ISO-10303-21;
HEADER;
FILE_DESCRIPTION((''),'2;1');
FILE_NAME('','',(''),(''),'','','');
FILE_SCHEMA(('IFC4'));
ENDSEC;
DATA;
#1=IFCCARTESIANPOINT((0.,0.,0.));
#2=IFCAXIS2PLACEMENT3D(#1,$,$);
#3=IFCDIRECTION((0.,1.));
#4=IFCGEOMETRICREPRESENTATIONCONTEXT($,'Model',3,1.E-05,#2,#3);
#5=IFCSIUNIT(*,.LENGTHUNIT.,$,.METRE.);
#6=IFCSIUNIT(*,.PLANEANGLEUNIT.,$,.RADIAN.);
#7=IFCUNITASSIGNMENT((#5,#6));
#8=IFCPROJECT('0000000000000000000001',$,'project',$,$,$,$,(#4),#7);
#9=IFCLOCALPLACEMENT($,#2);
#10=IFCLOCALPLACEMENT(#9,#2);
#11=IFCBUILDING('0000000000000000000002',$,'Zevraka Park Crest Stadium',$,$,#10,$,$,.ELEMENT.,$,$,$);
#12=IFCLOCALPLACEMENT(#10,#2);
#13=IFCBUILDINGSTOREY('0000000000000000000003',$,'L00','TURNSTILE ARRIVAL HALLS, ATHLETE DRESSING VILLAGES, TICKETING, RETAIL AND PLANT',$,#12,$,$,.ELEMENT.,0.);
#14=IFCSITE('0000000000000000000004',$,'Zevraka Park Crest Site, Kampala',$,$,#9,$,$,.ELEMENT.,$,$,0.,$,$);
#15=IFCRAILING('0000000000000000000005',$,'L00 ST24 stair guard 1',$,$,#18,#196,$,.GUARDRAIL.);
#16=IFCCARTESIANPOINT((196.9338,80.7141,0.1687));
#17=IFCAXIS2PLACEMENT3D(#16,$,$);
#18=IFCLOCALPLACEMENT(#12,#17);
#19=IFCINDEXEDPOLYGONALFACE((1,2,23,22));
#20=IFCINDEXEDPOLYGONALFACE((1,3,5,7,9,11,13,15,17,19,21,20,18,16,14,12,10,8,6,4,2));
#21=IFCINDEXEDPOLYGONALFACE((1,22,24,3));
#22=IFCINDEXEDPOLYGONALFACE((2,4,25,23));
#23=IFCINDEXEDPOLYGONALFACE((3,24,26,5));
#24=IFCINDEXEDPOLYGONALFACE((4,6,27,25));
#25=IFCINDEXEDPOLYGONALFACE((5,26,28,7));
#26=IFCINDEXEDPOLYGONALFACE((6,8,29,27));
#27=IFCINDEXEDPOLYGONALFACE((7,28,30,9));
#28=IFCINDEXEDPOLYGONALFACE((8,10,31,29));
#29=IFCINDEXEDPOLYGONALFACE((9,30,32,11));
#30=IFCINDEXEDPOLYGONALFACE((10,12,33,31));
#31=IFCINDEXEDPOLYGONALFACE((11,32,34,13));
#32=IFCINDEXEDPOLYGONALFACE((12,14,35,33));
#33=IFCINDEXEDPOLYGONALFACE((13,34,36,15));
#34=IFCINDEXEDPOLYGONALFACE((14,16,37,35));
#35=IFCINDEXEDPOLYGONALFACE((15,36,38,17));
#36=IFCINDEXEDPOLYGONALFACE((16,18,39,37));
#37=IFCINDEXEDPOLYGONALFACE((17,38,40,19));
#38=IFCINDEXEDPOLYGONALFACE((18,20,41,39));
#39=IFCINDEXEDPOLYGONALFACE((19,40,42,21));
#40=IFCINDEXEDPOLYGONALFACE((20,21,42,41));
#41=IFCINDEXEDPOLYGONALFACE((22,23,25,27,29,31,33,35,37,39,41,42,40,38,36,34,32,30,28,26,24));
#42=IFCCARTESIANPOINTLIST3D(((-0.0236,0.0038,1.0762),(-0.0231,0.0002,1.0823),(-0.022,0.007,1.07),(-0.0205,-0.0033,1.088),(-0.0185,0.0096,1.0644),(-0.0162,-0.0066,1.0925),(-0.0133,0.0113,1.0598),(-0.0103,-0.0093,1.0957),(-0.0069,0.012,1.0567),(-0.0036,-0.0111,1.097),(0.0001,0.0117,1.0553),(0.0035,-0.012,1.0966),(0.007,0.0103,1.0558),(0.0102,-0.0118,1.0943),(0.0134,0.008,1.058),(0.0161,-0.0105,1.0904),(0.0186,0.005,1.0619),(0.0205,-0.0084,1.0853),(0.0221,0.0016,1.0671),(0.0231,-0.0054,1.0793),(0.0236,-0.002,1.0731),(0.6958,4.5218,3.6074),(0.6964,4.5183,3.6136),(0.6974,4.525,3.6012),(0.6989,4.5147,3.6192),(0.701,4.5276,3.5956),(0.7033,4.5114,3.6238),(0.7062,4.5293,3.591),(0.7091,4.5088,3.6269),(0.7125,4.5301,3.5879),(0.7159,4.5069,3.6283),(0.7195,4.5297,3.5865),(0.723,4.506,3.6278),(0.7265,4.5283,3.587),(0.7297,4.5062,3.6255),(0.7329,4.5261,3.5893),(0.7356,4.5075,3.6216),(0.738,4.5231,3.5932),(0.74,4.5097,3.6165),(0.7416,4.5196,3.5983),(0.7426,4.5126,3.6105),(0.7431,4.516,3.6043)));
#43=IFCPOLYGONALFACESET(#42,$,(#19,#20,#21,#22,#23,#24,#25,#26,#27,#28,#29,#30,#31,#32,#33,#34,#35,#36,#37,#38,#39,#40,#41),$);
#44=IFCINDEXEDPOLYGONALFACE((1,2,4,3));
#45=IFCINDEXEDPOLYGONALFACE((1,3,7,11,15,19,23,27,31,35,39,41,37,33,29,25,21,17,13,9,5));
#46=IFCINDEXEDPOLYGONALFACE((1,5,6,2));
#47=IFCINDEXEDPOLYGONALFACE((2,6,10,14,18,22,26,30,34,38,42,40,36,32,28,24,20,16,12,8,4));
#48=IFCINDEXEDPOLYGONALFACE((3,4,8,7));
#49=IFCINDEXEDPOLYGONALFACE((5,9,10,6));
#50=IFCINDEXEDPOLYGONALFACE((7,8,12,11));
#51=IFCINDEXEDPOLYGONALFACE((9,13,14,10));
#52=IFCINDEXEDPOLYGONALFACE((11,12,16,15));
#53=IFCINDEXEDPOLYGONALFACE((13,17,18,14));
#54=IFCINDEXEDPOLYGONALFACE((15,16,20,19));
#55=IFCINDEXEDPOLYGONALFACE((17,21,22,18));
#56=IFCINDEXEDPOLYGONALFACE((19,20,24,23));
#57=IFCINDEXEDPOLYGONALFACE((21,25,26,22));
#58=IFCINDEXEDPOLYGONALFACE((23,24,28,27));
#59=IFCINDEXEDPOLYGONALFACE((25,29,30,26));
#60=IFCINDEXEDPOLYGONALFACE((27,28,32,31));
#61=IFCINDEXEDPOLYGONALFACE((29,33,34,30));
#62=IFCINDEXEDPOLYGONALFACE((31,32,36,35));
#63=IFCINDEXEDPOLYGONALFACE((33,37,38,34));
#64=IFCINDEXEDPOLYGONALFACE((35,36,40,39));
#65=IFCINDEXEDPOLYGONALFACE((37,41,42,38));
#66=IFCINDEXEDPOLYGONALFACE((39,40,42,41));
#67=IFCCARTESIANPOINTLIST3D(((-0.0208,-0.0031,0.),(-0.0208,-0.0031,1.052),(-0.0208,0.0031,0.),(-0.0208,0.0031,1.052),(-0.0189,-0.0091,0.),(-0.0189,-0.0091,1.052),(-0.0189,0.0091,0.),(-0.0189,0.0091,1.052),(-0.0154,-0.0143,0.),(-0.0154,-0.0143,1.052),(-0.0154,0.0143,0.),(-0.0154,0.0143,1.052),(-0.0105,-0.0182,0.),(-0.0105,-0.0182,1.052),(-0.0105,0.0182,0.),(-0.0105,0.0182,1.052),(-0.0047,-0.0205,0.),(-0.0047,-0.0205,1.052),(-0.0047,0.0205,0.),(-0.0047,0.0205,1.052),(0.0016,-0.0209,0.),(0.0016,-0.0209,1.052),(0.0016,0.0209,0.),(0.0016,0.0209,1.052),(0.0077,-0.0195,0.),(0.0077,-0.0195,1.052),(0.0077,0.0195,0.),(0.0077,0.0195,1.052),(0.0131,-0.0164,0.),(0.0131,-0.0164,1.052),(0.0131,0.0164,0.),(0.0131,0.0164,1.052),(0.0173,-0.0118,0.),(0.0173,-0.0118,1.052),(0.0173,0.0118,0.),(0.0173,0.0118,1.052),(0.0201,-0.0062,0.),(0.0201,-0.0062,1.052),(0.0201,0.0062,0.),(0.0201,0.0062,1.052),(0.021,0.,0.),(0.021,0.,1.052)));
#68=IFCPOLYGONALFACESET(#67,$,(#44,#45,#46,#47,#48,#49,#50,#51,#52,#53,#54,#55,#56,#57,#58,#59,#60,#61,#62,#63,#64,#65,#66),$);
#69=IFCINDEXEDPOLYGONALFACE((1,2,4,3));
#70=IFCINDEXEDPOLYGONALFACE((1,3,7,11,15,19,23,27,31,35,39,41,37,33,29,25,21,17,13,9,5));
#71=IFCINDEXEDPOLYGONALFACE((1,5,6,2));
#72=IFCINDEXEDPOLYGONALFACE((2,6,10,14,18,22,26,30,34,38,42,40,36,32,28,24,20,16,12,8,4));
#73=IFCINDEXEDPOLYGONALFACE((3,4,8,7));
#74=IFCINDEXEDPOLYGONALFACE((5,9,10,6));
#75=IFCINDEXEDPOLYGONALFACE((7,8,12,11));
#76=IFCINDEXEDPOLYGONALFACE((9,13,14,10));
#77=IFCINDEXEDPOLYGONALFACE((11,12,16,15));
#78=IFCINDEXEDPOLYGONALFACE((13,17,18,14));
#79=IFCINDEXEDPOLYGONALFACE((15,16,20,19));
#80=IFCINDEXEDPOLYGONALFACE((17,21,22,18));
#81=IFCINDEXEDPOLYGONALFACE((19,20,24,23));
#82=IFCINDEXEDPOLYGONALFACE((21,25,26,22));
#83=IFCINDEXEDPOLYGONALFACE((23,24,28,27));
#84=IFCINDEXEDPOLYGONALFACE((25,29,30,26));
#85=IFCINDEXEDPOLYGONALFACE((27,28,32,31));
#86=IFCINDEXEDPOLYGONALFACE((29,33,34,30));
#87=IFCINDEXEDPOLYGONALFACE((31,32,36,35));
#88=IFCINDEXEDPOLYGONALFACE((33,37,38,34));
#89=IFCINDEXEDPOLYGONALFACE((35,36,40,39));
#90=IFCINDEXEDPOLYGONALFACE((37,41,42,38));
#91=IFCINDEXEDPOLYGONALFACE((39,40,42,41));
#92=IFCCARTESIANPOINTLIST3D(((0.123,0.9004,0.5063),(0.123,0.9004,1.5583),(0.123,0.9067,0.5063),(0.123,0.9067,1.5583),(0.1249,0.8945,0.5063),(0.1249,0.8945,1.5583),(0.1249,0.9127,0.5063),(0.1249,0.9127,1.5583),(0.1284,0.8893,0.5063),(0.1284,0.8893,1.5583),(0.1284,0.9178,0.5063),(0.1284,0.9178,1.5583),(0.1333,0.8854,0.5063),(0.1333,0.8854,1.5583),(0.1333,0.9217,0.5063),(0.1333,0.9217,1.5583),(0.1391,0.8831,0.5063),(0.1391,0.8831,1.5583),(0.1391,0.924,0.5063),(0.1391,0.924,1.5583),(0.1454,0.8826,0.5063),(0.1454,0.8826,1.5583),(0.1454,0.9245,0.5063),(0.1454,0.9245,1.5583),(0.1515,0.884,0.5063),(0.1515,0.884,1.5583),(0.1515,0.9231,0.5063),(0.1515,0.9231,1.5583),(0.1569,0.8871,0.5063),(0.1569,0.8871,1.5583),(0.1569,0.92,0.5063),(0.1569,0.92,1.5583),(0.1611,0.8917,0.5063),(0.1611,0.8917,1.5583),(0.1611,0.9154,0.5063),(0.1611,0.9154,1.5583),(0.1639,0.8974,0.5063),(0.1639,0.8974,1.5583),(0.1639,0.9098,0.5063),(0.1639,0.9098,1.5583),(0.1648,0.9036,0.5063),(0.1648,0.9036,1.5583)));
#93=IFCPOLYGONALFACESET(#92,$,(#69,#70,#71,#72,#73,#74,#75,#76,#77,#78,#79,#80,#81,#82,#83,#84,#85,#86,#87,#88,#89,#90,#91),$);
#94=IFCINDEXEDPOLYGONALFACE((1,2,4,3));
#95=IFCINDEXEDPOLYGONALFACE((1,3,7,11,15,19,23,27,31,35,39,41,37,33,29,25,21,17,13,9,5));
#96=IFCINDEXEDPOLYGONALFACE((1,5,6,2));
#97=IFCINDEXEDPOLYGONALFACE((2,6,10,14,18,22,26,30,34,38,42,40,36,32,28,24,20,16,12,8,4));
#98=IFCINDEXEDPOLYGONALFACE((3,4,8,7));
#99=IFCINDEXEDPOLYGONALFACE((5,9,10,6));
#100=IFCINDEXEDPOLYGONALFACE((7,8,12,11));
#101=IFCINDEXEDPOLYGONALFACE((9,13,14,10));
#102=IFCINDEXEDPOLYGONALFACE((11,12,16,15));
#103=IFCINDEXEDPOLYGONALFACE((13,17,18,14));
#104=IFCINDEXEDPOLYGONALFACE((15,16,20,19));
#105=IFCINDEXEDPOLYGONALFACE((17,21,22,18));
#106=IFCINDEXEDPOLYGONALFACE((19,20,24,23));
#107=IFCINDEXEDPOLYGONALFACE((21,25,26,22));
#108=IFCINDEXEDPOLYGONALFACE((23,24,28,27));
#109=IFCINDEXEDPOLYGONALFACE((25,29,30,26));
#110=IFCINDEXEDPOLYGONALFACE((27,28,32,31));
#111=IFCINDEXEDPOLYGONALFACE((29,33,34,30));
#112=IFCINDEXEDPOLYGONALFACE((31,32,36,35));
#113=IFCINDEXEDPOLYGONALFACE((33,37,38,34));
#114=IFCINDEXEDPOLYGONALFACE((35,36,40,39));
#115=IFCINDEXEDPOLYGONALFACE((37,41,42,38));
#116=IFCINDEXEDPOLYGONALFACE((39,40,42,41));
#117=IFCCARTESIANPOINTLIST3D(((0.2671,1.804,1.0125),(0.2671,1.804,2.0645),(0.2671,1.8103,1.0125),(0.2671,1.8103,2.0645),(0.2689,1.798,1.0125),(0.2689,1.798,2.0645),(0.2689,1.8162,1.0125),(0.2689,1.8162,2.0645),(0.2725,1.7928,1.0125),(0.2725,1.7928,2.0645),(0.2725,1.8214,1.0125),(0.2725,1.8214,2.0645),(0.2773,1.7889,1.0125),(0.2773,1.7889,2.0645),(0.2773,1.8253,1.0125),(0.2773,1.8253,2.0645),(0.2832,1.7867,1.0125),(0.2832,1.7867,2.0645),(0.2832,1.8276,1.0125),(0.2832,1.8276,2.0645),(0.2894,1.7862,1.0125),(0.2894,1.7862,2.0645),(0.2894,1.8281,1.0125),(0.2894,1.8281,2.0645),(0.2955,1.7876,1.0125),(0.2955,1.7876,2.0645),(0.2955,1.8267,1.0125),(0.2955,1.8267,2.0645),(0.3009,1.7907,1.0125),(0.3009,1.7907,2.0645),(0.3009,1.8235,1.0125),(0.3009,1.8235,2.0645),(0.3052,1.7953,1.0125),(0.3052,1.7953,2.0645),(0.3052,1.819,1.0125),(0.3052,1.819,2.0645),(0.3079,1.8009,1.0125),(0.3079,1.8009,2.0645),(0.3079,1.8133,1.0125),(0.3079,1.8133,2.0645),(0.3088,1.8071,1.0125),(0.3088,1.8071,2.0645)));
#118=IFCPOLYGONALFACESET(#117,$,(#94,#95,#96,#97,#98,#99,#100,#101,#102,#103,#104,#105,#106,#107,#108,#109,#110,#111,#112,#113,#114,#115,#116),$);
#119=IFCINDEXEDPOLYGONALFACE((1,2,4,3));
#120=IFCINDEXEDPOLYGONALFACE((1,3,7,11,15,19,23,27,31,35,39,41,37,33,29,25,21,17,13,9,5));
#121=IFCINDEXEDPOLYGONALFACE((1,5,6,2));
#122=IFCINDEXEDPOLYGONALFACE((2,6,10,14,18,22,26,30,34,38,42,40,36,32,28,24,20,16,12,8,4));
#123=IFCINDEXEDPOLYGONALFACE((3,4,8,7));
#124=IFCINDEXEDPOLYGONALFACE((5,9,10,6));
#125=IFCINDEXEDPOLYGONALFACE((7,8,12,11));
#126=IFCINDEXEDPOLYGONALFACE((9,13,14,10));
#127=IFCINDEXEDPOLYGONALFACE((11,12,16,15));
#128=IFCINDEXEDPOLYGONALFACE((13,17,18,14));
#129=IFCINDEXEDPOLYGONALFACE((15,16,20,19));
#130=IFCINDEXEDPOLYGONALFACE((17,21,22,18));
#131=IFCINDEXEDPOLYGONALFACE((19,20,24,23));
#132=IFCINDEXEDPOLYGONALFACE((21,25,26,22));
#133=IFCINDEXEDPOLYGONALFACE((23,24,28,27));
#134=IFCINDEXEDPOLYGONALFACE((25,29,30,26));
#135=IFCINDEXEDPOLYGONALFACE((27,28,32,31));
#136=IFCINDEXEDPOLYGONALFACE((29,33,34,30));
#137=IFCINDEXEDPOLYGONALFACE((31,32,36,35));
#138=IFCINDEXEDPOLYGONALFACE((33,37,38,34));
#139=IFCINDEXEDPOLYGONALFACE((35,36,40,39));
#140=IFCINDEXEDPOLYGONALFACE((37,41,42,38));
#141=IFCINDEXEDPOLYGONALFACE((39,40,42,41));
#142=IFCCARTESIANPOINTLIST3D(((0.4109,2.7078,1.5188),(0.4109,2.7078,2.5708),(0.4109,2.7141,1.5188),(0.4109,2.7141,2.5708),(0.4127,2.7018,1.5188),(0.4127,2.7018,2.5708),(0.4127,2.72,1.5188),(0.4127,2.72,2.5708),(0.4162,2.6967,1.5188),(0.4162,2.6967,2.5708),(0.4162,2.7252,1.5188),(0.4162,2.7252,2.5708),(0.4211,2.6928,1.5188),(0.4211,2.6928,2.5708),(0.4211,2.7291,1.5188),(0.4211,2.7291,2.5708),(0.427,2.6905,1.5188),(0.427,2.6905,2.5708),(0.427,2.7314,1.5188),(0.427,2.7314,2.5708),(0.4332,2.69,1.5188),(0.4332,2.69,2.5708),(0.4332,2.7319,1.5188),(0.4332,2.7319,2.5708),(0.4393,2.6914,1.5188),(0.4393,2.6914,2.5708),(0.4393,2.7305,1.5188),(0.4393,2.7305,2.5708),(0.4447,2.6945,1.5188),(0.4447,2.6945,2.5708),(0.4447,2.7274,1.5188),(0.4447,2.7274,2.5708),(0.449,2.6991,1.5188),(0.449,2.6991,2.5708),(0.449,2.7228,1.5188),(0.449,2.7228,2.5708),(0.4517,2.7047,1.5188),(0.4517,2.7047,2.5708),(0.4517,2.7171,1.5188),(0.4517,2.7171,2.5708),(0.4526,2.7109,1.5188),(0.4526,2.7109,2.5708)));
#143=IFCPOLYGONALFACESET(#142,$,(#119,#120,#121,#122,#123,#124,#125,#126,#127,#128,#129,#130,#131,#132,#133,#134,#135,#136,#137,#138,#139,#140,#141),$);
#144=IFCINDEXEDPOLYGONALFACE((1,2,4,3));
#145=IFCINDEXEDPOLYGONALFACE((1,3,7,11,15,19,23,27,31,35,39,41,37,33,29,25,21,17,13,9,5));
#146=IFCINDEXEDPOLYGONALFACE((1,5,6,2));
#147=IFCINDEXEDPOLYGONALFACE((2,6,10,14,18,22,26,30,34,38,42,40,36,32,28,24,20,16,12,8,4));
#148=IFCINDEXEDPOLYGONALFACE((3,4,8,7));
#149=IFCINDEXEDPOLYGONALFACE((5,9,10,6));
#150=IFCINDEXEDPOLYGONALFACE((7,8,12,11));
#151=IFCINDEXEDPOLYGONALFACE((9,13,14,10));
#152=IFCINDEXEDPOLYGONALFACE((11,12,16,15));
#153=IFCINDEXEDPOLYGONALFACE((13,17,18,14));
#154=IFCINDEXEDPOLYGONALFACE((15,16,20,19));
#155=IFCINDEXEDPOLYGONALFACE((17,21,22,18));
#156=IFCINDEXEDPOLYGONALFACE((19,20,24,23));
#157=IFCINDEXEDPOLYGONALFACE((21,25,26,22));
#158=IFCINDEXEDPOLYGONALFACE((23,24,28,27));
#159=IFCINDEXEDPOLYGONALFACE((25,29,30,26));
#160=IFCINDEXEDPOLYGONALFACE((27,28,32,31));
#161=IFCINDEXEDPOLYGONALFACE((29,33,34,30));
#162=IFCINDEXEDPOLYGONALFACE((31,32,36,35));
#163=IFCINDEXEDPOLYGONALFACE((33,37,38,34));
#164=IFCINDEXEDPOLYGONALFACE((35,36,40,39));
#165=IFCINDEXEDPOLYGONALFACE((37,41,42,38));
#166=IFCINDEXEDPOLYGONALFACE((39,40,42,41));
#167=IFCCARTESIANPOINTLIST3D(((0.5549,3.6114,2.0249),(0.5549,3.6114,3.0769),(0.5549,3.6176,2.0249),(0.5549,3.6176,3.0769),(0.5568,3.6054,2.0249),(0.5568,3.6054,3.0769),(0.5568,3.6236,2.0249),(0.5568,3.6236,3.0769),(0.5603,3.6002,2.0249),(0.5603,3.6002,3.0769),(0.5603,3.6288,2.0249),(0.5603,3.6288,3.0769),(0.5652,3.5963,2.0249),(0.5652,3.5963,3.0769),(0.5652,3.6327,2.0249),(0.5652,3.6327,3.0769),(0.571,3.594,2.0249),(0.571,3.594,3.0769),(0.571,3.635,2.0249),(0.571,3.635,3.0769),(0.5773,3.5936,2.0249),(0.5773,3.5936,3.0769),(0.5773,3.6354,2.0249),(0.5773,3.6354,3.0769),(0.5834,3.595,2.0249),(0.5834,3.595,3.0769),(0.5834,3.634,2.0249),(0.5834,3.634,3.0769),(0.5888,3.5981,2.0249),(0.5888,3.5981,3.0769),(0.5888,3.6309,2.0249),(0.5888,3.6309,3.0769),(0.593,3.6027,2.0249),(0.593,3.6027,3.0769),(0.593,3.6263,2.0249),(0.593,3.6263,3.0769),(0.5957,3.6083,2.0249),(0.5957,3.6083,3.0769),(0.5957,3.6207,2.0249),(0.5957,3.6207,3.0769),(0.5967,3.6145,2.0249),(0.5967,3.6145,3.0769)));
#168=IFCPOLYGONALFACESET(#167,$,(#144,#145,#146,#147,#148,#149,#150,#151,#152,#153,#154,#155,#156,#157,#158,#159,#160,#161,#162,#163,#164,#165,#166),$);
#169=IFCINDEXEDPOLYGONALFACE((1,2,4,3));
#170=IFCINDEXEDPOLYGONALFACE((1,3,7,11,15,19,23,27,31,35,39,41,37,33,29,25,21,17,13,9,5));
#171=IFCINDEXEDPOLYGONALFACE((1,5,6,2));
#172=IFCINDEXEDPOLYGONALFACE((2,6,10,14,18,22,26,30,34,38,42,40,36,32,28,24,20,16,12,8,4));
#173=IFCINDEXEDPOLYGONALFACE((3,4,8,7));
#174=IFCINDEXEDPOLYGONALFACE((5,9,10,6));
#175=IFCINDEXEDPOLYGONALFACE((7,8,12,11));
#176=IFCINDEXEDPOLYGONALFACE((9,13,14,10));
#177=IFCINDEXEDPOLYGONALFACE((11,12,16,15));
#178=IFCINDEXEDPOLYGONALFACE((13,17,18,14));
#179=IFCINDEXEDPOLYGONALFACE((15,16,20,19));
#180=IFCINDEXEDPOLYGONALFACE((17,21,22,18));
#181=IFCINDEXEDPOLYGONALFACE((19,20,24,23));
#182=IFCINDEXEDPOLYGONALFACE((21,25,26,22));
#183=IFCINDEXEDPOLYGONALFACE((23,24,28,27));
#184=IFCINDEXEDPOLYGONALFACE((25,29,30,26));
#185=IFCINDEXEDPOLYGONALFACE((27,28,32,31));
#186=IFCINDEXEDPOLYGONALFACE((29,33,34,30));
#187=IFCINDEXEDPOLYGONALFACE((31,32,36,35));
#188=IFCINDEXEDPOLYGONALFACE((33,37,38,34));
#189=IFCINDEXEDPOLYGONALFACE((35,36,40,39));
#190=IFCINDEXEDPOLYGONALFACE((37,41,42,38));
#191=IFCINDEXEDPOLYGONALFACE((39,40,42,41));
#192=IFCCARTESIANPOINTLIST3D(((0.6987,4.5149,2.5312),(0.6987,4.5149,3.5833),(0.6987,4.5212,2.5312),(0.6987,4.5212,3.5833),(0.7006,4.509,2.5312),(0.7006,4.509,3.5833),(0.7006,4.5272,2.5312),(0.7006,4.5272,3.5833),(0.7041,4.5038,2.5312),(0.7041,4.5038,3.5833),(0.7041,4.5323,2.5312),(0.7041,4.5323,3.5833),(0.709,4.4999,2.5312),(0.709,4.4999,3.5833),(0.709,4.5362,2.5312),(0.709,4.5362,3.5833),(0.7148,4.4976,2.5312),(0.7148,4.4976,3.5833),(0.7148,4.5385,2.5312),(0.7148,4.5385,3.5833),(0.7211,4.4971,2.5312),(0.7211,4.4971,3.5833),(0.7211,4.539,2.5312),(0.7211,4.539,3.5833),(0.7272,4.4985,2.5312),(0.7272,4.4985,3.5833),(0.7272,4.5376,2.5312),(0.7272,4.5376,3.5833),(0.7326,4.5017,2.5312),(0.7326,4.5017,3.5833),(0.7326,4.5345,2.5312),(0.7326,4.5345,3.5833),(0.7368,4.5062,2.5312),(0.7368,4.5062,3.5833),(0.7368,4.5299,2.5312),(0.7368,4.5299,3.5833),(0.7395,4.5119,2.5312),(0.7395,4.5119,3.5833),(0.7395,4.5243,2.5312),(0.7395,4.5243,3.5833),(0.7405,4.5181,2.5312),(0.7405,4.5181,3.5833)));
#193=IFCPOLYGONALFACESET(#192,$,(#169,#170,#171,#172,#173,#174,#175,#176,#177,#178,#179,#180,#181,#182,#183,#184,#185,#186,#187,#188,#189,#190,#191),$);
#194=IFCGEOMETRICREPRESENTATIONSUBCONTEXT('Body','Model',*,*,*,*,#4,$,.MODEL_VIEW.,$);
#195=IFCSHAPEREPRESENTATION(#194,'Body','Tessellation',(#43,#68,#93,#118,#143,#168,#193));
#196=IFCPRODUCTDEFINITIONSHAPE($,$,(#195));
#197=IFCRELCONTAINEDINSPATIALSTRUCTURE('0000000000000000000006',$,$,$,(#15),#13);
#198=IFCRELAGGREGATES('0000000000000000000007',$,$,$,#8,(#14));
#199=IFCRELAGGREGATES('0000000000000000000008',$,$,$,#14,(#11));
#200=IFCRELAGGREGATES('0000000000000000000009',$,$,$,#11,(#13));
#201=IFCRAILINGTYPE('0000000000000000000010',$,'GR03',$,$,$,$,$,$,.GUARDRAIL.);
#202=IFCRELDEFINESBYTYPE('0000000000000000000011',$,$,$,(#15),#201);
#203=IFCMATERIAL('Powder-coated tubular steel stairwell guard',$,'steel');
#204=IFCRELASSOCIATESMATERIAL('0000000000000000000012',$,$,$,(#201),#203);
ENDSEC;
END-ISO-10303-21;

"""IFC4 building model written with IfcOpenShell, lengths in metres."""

from ifc_helpers import new_model, si_unit, direction, frame, origin, origin_2d, place, context, subcontext, project, spatial, circle, extrude, material, type_object, element, save


model = new_model("IFC4")

# Units and contexts
model_context = context("Model", 3, precision=1e-05, world=origin(), true_north=direction((0.0, 1.0)))
body_context = subcontext(model_context, "Body", "Model", "MODEL_VIEW")
ifc_project = project(units=[si_unit("LENGTHUNIT", "METRE"), si_unit("PLANEANGLEUNIT", "RADIAN")], contexts=[model_context])

# Site, building, storey
site_placement = place(None, origin())
site = spatial("IfcSite", under=ifc_project, at=site_placement, Name="Zevraka Park Crest Site, Kampala", CompositionType="ELEMENT", RefElevation=0.0)
building_placement = place(site_placement, origin())
building = spatial("IfcBuilding", under=site, at=building_placement, Name="Zevraka Park Crest Stadium", CompositionType="ELEMENT")
storey_placement = place(building_placement, origin())
storey = spatial("IfcBuildingStorey", under=building, at=storey_placement, Name="L00", Description="TURNSTILE ARRIVAL HALLS, ATHLETE DRESSING VILLAGES, TICKETING, RETAIL AND PLANT", CompositionType="ELEMENT", Elevation=0.0)

# Railing
ifc_material_1 = material(Name="Powder-coated tubular steel stairwell guard", Category="steel")
railing_type_1 = type_object("IfcRailingType", Name="GR03", PredefinedType="GUARDRAIL", material=ifc_material_1)
railing_1_placement = place(storey_placement, frame((196.9338, 80.7141, 0.1687)))
element("IfcRailing", 1, at=railing_1_placement, inside=storey, type_object=railing_type_1, Name="L00 ST24 stair guard 1", PredefinedType="GUARDRAIL", context=body_context, shape_type="SweptSolid", body=[
    extrude(circle(Radius=0.0239, at=origin_2d()), frame((0.0, 0.0, 1.0762), z_axis=(0.137606, 0.864113, 0.48412), x_axis=(-0.987557, 0.157264, 0.0)), (0.0, 0.0, 1.0), 5.2285),
    extrude(circle(Radius=0.021, at=origin_2d()), origin(), (0.0, 0.0, 1.0), 1.052),
    extrude(circle(Radius=0.021, at=origin_2d()), frame((0.1438, 0.9036, 0.5063)), (0.0, 0.0, 1.0), 1.052),
    extrude(circle(Radius=0.021, at=origin_2d()), frame((0.2878, 1.8071, 1.0125)), (0.0, 0.0, 1.0), 1.052),
    extrude(circle(Radius=0.021, at=origin_2d()), frame((0.4316, 2.7109, 1.5188)), (0.0, 0.0, 1.0), 1.052),
    extrude(circle(Radius=0.021, at=origin_2d()), frame((0.5757, 3.6145, 2.0249)), (0.0, 0.0, 1.0), 1.052),
    extrude(circle(Radius=0.021, at=origin_2d()), frame((0.7195, 4.5181, 2.5312)), (0.0, 0.0, 1.0), 1.052),
])

save(model, "model.ifc")
